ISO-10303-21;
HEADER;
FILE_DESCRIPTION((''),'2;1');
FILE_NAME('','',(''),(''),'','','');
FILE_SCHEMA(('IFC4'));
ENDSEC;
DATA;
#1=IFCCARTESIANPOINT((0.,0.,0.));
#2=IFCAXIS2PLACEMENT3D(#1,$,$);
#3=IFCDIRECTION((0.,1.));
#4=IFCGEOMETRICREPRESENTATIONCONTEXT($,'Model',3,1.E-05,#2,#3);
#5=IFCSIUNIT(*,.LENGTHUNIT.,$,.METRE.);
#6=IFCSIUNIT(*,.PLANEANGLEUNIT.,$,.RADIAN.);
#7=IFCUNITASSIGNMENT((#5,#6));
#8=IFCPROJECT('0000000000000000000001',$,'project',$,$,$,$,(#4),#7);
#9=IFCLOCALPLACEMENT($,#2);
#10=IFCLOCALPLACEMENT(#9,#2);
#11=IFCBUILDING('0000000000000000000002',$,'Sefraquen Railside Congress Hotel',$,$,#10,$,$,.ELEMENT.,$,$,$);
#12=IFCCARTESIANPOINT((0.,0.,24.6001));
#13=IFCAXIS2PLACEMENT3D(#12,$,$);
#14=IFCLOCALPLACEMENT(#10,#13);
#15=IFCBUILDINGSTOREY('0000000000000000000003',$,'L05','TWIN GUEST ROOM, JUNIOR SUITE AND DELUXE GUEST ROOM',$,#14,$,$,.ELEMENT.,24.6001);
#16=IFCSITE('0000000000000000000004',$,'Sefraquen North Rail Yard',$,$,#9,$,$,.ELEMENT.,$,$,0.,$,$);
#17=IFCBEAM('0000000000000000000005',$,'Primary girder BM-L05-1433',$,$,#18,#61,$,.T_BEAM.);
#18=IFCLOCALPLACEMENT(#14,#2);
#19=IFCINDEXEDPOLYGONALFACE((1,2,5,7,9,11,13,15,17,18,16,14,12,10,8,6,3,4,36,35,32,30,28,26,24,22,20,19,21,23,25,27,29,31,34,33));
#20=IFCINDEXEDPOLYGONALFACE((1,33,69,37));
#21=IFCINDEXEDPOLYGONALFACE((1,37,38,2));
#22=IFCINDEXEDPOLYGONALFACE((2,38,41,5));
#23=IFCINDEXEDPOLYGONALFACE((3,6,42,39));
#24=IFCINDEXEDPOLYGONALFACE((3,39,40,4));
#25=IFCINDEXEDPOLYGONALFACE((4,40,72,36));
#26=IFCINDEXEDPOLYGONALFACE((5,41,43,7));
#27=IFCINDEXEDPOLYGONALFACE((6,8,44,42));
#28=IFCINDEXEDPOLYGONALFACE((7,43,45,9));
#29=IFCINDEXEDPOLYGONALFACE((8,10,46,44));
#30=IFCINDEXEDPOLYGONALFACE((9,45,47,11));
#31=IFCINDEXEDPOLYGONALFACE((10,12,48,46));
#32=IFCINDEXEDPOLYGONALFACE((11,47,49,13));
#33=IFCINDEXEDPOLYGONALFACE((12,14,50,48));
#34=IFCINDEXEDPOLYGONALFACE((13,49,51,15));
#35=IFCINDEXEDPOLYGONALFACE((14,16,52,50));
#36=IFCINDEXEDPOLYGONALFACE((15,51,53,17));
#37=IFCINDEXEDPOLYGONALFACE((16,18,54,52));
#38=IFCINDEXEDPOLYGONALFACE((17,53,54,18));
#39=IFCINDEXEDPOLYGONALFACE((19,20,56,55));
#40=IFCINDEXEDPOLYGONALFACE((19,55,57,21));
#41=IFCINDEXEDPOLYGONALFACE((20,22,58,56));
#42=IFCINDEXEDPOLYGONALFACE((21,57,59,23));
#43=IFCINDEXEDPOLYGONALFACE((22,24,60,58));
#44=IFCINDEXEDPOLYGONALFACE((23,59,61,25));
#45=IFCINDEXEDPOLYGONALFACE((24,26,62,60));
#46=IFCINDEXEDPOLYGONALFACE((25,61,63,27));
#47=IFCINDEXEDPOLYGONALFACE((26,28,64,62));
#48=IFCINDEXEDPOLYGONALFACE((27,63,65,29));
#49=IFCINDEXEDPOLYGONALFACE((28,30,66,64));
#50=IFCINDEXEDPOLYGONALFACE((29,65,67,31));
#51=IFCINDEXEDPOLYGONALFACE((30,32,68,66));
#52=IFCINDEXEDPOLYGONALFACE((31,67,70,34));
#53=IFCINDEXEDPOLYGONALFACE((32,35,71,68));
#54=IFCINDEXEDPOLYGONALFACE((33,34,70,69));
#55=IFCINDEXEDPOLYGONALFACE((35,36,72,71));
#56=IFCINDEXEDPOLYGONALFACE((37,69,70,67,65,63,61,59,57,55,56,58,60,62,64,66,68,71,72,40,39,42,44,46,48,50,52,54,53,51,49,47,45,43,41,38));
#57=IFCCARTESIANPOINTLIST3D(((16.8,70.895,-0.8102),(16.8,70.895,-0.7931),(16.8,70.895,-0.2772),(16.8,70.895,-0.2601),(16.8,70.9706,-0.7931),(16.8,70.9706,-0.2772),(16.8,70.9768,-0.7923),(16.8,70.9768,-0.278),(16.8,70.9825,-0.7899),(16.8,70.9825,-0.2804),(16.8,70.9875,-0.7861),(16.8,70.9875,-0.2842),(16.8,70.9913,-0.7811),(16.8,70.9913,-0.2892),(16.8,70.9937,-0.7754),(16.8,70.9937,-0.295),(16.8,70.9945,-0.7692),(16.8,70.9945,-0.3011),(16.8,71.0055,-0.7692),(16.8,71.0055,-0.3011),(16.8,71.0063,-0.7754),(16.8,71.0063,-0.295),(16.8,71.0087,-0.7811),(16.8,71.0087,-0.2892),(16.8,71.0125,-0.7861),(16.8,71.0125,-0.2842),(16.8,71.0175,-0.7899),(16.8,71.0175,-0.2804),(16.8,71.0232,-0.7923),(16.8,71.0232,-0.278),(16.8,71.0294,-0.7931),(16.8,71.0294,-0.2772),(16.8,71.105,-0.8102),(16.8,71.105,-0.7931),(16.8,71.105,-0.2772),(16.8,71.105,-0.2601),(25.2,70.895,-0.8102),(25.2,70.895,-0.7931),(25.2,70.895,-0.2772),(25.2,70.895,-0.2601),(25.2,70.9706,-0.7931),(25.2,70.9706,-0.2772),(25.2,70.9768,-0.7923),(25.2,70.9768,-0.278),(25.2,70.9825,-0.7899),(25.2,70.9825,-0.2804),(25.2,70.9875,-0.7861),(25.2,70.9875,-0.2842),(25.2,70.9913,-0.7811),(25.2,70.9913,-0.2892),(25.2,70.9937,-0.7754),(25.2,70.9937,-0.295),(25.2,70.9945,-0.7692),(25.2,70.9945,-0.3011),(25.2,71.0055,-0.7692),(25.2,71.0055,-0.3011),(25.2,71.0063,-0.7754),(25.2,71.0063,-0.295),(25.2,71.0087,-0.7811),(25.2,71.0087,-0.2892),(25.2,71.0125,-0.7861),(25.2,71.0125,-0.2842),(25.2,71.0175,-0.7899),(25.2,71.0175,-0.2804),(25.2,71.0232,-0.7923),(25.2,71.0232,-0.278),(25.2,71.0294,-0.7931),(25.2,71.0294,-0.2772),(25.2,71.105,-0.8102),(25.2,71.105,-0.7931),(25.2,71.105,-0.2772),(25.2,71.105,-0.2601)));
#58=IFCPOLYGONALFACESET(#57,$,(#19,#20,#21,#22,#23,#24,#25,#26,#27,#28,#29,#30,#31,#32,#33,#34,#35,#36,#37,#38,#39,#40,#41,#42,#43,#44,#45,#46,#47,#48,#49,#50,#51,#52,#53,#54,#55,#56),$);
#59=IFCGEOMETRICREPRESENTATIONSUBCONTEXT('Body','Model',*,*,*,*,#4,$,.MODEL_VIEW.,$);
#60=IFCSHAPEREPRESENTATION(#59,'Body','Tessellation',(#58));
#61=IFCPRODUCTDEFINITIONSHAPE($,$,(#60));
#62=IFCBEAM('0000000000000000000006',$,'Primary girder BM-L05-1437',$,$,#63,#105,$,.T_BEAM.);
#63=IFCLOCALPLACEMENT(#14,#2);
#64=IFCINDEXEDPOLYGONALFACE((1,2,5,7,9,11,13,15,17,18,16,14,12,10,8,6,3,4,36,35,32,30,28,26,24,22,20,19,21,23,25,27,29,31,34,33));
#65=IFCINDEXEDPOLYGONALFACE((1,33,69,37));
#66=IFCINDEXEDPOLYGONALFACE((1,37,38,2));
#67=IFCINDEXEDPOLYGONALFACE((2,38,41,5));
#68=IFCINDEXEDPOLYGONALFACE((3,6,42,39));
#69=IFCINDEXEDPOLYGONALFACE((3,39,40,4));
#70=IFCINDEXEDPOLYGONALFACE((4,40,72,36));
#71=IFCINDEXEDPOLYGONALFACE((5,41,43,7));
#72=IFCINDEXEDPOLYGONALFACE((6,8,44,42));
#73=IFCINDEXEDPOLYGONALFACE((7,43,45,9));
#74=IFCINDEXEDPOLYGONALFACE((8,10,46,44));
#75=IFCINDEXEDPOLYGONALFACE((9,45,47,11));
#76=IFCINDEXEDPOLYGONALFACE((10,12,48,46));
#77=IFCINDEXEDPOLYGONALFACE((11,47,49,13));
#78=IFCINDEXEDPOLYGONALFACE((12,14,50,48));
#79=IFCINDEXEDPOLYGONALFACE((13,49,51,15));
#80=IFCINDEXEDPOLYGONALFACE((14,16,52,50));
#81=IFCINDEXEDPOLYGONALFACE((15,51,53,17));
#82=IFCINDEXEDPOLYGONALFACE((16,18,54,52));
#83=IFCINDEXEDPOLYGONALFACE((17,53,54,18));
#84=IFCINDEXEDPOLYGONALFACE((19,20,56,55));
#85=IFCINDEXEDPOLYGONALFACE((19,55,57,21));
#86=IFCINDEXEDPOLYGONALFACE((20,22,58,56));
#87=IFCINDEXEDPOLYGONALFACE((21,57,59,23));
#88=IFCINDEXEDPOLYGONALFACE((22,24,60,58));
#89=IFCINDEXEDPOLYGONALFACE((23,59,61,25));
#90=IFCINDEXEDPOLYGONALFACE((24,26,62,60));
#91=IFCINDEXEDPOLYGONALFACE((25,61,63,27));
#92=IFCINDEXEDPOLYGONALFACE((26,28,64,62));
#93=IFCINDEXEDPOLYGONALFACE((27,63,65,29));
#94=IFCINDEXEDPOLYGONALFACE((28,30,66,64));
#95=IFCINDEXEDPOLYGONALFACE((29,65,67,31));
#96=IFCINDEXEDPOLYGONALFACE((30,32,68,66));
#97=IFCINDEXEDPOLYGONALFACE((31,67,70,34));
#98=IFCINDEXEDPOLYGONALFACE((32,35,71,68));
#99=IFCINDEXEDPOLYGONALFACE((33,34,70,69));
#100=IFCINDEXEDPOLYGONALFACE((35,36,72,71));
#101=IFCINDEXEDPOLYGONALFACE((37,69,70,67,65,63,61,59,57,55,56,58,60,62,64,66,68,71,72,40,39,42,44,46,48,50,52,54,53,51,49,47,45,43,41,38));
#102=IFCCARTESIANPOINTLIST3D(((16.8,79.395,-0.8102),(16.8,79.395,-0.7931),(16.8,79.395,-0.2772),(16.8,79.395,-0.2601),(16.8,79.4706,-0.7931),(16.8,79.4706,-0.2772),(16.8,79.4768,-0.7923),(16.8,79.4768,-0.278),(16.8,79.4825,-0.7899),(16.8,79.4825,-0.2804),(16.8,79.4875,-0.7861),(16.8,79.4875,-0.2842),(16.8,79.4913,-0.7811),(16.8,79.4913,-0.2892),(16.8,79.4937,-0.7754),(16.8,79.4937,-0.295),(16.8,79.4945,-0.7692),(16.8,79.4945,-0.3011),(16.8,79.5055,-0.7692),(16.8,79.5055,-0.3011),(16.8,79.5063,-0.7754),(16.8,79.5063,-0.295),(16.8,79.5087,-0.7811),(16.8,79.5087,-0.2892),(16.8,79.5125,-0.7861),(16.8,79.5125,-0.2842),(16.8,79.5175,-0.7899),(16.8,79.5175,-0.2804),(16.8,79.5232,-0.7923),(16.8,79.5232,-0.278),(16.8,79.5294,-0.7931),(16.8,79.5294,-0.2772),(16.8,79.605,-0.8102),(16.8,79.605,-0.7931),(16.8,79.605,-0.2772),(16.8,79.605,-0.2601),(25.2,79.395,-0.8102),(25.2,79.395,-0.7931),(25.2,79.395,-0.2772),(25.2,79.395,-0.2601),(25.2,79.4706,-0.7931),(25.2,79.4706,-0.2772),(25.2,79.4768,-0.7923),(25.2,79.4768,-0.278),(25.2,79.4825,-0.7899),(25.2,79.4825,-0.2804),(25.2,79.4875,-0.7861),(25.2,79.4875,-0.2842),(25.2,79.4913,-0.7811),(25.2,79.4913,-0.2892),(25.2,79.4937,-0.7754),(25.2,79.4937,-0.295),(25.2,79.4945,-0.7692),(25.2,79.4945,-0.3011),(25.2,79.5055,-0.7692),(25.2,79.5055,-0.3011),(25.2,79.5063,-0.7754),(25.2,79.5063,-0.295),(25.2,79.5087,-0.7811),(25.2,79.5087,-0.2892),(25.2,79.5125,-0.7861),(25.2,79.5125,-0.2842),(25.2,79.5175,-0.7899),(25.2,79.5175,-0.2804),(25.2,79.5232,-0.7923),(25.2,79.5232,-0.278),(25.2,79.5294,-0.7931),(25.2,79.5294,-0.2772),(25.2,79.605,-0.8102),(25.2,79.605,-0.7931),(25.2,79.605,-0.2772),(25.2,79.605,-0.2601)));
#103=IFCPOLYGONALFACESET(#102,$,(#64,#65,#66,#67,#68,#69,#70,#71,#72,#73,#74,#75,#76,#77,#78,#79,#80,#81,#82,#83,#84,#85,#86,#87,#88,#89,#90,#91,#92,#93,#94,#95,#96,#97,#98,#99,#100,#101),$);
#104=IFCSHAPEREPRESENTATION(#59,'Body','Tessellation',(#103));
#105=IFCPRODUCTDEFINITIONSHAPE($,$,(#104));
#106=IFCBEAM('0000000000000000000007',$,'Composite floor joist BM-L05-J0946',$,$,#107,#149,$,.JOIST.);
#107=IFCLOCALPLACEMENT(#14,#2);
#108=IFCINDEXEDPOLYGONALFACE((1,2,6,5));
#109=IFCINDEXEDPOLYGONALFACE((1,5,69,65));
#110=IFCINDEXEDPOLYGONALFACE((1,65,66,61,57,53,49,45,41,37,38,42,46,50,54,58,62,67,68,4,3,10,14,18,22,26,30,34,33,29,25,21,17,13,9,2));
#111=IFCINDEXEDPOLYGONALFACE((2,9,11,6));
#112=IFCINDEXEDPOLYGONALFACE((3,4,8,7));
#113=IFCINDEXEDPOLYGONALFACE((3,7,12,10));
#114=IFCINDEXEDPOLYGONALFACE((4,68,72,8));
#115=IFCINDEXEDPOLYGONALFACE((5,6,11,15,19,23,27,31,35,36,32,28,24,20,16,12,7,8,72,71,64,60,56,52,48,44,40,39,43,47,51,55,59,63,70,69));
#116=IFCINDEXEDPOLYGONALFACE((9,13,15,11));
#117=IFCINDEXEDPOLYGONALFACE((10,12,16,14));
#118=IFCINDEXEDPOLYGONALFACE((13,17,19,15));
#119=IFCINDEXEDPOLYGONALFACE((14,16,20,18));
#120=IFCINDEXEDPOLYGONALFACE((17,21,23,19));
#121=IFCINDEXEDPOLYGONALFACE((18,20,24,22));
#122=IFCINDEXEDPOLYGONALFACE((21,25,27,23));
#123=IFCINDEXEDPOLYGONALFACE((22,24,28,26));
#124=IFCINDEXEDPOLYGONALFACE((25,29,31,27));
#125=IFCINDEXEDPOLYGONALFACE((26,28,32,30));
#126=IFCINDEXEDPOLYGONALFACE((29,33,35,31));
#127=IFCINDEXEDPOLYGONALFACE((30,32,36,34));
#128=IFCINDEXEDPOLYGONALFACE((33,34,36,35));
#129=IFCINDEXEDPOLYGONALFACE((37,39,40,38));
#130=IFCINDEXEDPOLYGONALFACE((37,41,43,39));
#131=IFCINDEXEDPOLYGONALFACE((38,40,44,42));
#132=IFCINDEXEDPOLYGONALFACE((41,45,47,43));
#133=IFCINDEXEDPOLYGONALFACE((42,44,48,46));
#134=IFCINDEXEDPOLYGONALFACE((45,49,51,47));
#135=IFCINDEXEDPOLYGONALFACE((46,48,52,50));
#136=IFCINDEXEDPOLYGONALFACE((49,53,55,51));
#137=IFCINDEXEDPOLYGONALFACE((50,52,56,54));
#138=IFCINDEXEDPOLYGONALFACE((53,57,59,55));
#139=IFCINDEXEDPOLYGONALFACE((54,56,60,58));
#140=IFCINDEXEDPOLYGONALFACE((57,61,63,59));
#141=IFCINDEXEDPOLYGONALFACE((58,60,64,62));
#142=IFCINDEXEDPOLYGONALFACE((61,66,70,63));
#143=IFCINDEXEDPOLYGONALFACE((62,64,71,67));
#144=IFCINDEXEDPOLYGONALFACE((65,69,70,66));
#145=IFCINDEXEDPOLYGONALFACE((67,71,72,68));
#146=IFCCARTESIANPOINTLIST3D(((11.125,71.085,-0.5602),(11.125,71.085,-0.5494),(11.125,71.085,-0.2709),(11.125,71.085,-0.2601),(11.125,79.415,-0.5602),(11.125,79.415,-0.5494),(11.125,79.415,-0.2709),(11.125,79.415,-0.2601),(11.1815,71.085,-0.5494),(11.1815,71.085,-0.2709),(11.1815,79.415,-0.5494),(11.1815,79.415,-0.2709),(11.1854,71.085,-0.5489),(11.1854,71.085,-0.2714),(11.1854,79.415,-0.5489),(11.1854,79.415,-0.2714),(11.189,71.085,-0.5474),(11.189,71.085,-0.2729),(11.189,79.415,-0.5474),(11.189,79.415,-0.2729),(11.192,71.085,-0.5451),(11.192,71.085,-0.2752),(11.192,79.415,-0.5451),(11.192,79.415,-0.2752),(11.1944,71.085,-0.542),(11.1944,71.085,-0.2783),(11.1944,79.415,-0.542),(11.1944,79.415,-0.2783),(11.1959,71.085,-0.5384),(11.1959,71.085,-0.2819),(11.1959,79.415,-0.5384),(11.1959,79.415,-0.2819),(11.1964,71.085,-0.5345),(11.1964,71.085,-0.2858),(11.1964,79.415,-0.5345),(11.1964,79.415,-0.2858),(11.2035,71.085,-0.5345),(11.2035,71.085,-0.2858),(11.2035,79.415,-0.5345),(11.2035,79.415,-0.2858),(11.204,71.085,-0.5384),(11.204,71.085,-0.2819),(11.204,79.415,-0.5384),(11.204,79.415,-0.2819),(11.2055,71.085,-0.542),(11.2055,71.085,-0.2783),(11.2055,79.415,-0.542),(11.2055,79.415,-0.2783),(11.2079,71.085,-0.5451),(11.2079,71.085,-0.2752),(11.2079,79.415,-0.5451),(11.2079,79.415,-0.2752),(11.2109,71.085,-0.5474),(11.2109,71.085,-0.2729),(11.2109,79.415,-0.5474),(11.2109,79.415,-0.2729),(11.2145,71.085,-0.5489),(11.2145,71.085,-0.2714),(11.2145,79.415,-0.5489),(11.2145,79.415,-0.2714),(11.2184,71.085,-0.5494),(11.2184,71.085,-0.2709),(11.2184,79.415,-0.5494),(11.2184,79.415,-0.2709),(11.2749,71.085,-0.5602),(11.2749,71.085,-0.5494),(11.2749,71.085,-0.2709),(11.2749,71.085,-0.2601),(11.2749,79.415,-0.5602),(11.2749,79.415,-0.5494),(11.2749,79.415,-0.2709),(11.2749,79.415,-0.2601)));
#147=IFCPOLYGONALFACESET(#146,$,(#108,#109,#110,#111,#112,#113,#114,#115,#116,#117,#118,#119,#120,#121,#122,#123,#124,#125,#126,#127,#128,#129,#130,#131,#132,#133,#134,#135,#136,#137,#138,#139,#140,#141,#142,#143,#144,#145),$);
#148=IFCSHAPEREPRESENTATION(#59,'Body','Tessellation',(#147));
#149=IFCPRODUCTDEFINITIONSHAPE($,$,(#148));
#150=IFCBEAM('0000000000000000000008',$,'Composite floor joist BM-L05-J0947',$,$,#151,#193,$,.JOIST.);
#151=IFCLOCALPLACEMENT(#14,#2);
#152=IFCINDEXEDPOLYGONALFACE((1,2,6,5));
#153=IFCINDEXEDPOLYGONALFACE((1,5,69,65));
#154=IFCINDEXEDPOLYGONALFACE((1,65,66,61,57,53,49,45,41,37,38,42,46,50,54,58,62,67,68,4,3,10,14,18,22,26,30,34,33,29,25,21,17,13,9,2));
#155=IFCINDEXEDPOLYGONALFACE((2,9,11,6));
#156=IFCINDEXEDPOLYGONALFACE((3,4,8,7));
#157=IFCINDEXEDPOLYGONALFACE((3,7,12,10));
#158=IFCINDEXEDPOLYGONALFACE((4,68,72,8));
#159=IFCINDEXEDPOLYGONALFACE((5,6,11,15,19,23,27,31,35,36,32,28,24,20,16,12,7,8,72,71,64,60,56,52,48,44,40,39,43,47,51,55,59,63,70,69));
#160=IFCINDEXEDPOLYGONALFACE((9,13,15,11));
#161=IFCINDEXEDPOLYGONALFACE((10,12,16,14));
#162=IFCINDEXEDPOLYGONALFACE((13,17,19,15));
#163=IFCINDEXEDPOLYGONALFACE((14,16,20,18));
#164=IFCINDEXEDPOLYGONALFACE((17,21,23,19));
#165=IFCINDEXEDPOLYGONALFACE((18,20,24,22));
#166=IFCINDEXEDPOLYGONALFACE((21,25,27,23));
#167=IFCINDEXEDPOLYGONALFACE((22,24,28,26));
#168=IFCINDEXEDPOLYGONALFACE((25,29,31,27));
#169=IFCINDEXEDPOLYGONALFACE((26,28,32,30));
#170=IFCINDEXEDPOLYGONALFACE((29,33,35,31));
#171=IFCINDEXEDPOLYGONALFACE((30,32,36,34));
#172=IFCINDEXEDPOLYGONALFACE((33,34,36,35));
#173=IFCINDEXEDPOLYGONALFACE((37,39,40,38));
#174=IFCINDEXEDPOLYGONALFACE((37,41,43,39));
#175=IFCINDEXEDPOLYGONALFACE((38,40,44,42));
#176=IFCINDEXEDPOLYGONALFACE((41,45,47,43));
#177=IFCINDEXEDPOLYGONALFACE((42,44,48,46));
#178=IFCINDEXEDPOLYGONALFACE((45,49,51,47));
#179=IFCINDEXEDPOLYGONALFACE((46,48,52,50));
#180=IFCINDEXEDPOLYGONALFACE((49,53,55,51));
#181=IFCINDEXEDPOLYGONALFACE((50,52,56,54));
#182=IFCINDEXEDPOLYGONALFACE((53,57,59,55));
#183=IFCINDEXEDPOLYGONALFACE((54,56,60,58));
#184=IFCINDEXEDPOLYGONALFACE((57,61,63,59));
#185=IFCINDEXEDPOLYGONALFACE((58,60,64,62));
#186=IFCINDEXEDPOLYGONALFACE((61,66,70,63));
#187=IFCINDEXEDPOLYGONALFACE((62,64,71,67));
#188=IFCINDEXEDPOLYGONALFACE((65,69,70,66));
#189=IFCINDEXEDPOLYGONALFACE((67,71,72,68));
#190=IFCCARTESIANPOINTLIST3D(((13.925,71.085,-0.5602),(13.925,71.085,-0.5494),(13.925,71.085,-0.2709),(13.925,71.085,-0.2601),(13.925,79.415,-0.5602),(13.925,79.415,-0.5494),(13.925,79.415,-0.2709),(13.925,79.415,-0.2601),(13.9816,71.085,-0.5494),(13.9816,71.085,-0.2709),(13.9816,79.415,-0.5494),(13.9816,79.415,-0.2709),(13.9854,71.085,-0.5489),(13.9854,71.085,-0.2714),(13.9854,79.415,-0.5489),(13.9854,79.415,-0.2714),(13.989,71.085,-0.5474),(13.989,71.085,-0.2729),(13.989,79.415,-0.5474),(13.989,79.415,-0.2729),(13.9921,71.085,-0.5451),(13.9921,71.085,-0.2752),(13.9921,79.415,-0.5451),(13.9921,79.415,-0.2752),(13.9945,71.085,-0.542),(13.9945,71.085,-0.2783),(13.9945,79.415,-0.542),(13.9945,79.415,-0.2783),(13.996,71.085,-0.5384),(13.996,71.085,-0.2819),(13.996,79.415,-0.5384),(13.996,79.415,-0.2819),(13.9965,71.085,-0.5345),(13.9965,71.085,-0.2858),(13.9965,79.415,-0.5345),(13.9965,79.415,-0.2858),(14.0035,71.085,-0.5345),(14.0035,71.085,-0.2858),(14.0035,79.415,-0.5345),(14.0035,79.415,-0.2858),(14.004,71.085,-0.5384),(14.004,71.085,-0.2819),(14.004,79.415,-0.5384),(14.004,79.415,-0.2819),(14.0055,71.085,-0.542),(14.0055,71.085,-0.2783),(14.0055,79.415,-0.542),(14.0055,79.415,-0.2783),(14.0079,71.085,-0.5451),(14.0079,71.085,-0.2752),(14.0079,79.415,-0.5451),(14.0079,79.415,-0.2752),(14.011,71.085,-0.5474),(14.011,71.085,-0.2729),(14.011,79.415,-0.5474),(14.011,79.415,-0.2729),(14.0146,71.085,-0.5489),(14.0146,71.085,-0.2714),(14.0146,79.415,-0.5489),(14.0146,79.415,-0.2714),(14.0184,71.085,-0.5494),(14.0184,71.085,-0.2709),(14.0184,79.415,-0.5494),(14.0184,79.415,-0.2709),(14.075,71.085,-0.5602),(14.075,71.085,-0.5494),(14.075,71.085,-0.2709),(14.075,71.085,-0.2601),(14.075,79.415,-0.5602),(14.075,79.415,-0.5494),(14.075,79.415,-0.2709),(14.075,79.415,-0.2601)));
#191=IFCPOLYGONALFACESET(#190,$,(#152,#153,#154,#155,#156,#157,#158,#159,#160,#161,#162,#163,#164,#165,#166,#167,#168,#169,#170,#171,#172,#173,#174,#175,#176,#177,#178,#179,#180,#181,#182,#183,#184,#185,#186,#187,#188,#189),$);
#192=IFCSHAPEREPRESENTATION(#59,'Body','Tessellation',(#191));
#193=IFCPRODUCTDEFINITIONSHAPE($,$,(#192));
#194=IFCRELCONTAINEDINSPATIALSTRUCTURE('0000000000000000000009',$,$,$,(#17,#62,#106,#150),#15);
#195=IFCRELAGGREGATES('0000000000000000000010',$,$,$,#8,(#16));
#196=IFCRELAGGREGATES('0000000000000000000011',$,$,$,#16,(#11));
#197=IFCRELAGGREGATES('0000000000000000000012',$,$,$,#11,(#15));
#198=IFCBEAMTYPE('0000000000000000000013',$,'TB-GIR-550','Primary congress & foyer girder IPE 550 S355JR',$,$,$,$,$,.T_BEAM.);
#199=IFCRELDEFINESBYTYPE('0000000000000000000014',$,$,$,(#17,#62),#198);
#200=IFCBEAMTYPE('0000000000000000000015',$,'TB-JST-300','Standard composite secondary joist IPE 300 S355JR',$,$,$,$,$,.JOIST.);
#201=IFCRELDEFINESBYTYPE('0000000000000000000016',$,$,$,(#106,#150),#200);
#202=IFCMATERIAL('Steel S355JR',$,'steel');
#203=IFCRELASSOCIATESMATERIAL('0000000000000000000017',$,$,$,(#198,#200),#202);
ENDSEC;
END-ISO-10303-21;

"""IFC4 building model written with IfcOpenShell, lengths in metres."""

from ifc_helpers import new_model, si_unit, direction, frame, origin, origin_2d, place, context, subcontext, project, spatial, i_section, extrude, material, material_profile, profile_set, type_object, element, save


model = new_model("IFC4")

# Units and contexts
model_context = context("Model", 3, precision=1e-05, world=origin(), true_north=direction((0.0, 1.0)))
body_context = subcontext(model_context, "Body", "Model", "MODEL_VIEW")
ifc_project = project(units=[si_unit("LENGTHUNIT", "METRE"), si_unit("PLANEANGLEUNIT", "RADIAN")], contexts=[model_context])

# Site, building, storey
site_placement = place(None, origin())
site = spatial("IfcSite", under=ifc_project, at=site_placement, Name="Sefraquen North Rail Yard", CompositionType="ELEMENT", RefElevation=0.0)
building_placement = place(site_placement, origin())
building = spatial("IfcBuilding", under=site, at=building_placement, Name="Sefraquen Railside Congress Hotel", CompositionType="ELEMENT")
storey_placement = place(building_placement, frame((0.0, 0.0, 24.6001)))
storey = spatial("IfcBuildingStorey", under=building, at=storey_placement, Name="L05", Description="TWIN GUEST ROOM, JUNIOR SUITE AND DELUXE GUEST ROOM", CompositionType="ELEMENT", Elevation=24.6001)

# Shared definitions
ifc_material_1 = material(Name="Steel S355JR", Category="steel")

# Beams
ifc_material_profile_1 = material_profile(ifc_material_1, i_section(OverallWidth=0.21, OverallDepth=0.55, WebThickness=0.011, FlangeThickness=0.0171, FilletRadius=0.0239, at=origin_2d()), Name="IPE 550")
ifc_profile_set_1 = profile_set([ifc_material_profile_1], Name="Steel S355JR")
beam_type_1 = type_object("IfcBeamType", Name="TB-GIR-550", Description="Primary congress & foyer girder IPE 550 S355JR", PredefinedType="T_BEAM", material=ifc_profile_set_1)
for number, where, z_axis, x_axis, name in (
    (1, (16.8, 71.0, -0.5352), (1.0, 0.0, 0.0), (0.0, 1.0, 0.0), "Primary girder BM-L05-1433"),
    (2, (16.8, 79.5, -0.5352), (1.0, 0.0, 0.0), (0.0, 1.0, 0.0), "Primary girder BM-L05-1437"),
):
    element("IfcBeam", number, at=place(storey_placement, frame(where, z_axis=z_axis, x_axis=x_axis)), inside=storey, type_object=beam_type_1, Name=name, PredefinedType="T_BEAM", context=body_context, shape_type="SweptSolid", body=[
        extrude(i_section(OverallWidth=0.21, OverallDepth=0.55, WebThickness=0.011, FlangeThickness=0.0171, FilletRadius=0.0239, at=origin_2d()), origin(), (0.0, 0.0, 1.0), 8.3999),
    ])
ifc_material_profile_2 = material_profile(ifc_material_1, i_section(OverallWidth=0.1499, OverallDepth=0.3, WebThickness=0.0071, FlangeThickness=0.0107, FilletRadius=0.0149, at=origin_2d()), Name="IPE 300")
ifc_profile_set_2 = profile_set([ifc_material_profile_2], Name="Steel S355JR")
beam_type_2 = type_object("IfcBeamType", Name="TB-JST-300", Description="Standard composite secondary joist IPE 300 S355JR", PredefinedType="JOIST", material=ifc_profile_set_2)
for number, where, z_axis, x_axis, name in (
    (3, (11.2, 71.085, -0.4102), (0.0, 1.0, 0.0), (-1.0, 0.0, 0.0), "Composite floor joist BM-L05-J0946"),
    (4, (14.0, 71.085, -0.4102), (0.0, 1.0, 0.0), (-1.0, 0.0, 0.0), "Composite floor joist BM-L05-J0947"),
):
    element("IfcBeam", number, at=place(storey_placement, frame(where, z_axis=z_axis, x_axis=x_axis)), inside=storey, type_object=beam_type_2, Name=name, PredefinedType="JOIST", context=body_context, shape_type="SweptSolid", body=[
        extrude(i_section(OverallWidth=0.1499, OverallDepth=0.3, WebThickness=0.0071, FlangeThickness=0.0107, FilletRadius=0.0149, at=origin_2d()), origin(), (0.0, 0.0, 1.0), 8.3301),
    ])

save(model, "model.ifc")
